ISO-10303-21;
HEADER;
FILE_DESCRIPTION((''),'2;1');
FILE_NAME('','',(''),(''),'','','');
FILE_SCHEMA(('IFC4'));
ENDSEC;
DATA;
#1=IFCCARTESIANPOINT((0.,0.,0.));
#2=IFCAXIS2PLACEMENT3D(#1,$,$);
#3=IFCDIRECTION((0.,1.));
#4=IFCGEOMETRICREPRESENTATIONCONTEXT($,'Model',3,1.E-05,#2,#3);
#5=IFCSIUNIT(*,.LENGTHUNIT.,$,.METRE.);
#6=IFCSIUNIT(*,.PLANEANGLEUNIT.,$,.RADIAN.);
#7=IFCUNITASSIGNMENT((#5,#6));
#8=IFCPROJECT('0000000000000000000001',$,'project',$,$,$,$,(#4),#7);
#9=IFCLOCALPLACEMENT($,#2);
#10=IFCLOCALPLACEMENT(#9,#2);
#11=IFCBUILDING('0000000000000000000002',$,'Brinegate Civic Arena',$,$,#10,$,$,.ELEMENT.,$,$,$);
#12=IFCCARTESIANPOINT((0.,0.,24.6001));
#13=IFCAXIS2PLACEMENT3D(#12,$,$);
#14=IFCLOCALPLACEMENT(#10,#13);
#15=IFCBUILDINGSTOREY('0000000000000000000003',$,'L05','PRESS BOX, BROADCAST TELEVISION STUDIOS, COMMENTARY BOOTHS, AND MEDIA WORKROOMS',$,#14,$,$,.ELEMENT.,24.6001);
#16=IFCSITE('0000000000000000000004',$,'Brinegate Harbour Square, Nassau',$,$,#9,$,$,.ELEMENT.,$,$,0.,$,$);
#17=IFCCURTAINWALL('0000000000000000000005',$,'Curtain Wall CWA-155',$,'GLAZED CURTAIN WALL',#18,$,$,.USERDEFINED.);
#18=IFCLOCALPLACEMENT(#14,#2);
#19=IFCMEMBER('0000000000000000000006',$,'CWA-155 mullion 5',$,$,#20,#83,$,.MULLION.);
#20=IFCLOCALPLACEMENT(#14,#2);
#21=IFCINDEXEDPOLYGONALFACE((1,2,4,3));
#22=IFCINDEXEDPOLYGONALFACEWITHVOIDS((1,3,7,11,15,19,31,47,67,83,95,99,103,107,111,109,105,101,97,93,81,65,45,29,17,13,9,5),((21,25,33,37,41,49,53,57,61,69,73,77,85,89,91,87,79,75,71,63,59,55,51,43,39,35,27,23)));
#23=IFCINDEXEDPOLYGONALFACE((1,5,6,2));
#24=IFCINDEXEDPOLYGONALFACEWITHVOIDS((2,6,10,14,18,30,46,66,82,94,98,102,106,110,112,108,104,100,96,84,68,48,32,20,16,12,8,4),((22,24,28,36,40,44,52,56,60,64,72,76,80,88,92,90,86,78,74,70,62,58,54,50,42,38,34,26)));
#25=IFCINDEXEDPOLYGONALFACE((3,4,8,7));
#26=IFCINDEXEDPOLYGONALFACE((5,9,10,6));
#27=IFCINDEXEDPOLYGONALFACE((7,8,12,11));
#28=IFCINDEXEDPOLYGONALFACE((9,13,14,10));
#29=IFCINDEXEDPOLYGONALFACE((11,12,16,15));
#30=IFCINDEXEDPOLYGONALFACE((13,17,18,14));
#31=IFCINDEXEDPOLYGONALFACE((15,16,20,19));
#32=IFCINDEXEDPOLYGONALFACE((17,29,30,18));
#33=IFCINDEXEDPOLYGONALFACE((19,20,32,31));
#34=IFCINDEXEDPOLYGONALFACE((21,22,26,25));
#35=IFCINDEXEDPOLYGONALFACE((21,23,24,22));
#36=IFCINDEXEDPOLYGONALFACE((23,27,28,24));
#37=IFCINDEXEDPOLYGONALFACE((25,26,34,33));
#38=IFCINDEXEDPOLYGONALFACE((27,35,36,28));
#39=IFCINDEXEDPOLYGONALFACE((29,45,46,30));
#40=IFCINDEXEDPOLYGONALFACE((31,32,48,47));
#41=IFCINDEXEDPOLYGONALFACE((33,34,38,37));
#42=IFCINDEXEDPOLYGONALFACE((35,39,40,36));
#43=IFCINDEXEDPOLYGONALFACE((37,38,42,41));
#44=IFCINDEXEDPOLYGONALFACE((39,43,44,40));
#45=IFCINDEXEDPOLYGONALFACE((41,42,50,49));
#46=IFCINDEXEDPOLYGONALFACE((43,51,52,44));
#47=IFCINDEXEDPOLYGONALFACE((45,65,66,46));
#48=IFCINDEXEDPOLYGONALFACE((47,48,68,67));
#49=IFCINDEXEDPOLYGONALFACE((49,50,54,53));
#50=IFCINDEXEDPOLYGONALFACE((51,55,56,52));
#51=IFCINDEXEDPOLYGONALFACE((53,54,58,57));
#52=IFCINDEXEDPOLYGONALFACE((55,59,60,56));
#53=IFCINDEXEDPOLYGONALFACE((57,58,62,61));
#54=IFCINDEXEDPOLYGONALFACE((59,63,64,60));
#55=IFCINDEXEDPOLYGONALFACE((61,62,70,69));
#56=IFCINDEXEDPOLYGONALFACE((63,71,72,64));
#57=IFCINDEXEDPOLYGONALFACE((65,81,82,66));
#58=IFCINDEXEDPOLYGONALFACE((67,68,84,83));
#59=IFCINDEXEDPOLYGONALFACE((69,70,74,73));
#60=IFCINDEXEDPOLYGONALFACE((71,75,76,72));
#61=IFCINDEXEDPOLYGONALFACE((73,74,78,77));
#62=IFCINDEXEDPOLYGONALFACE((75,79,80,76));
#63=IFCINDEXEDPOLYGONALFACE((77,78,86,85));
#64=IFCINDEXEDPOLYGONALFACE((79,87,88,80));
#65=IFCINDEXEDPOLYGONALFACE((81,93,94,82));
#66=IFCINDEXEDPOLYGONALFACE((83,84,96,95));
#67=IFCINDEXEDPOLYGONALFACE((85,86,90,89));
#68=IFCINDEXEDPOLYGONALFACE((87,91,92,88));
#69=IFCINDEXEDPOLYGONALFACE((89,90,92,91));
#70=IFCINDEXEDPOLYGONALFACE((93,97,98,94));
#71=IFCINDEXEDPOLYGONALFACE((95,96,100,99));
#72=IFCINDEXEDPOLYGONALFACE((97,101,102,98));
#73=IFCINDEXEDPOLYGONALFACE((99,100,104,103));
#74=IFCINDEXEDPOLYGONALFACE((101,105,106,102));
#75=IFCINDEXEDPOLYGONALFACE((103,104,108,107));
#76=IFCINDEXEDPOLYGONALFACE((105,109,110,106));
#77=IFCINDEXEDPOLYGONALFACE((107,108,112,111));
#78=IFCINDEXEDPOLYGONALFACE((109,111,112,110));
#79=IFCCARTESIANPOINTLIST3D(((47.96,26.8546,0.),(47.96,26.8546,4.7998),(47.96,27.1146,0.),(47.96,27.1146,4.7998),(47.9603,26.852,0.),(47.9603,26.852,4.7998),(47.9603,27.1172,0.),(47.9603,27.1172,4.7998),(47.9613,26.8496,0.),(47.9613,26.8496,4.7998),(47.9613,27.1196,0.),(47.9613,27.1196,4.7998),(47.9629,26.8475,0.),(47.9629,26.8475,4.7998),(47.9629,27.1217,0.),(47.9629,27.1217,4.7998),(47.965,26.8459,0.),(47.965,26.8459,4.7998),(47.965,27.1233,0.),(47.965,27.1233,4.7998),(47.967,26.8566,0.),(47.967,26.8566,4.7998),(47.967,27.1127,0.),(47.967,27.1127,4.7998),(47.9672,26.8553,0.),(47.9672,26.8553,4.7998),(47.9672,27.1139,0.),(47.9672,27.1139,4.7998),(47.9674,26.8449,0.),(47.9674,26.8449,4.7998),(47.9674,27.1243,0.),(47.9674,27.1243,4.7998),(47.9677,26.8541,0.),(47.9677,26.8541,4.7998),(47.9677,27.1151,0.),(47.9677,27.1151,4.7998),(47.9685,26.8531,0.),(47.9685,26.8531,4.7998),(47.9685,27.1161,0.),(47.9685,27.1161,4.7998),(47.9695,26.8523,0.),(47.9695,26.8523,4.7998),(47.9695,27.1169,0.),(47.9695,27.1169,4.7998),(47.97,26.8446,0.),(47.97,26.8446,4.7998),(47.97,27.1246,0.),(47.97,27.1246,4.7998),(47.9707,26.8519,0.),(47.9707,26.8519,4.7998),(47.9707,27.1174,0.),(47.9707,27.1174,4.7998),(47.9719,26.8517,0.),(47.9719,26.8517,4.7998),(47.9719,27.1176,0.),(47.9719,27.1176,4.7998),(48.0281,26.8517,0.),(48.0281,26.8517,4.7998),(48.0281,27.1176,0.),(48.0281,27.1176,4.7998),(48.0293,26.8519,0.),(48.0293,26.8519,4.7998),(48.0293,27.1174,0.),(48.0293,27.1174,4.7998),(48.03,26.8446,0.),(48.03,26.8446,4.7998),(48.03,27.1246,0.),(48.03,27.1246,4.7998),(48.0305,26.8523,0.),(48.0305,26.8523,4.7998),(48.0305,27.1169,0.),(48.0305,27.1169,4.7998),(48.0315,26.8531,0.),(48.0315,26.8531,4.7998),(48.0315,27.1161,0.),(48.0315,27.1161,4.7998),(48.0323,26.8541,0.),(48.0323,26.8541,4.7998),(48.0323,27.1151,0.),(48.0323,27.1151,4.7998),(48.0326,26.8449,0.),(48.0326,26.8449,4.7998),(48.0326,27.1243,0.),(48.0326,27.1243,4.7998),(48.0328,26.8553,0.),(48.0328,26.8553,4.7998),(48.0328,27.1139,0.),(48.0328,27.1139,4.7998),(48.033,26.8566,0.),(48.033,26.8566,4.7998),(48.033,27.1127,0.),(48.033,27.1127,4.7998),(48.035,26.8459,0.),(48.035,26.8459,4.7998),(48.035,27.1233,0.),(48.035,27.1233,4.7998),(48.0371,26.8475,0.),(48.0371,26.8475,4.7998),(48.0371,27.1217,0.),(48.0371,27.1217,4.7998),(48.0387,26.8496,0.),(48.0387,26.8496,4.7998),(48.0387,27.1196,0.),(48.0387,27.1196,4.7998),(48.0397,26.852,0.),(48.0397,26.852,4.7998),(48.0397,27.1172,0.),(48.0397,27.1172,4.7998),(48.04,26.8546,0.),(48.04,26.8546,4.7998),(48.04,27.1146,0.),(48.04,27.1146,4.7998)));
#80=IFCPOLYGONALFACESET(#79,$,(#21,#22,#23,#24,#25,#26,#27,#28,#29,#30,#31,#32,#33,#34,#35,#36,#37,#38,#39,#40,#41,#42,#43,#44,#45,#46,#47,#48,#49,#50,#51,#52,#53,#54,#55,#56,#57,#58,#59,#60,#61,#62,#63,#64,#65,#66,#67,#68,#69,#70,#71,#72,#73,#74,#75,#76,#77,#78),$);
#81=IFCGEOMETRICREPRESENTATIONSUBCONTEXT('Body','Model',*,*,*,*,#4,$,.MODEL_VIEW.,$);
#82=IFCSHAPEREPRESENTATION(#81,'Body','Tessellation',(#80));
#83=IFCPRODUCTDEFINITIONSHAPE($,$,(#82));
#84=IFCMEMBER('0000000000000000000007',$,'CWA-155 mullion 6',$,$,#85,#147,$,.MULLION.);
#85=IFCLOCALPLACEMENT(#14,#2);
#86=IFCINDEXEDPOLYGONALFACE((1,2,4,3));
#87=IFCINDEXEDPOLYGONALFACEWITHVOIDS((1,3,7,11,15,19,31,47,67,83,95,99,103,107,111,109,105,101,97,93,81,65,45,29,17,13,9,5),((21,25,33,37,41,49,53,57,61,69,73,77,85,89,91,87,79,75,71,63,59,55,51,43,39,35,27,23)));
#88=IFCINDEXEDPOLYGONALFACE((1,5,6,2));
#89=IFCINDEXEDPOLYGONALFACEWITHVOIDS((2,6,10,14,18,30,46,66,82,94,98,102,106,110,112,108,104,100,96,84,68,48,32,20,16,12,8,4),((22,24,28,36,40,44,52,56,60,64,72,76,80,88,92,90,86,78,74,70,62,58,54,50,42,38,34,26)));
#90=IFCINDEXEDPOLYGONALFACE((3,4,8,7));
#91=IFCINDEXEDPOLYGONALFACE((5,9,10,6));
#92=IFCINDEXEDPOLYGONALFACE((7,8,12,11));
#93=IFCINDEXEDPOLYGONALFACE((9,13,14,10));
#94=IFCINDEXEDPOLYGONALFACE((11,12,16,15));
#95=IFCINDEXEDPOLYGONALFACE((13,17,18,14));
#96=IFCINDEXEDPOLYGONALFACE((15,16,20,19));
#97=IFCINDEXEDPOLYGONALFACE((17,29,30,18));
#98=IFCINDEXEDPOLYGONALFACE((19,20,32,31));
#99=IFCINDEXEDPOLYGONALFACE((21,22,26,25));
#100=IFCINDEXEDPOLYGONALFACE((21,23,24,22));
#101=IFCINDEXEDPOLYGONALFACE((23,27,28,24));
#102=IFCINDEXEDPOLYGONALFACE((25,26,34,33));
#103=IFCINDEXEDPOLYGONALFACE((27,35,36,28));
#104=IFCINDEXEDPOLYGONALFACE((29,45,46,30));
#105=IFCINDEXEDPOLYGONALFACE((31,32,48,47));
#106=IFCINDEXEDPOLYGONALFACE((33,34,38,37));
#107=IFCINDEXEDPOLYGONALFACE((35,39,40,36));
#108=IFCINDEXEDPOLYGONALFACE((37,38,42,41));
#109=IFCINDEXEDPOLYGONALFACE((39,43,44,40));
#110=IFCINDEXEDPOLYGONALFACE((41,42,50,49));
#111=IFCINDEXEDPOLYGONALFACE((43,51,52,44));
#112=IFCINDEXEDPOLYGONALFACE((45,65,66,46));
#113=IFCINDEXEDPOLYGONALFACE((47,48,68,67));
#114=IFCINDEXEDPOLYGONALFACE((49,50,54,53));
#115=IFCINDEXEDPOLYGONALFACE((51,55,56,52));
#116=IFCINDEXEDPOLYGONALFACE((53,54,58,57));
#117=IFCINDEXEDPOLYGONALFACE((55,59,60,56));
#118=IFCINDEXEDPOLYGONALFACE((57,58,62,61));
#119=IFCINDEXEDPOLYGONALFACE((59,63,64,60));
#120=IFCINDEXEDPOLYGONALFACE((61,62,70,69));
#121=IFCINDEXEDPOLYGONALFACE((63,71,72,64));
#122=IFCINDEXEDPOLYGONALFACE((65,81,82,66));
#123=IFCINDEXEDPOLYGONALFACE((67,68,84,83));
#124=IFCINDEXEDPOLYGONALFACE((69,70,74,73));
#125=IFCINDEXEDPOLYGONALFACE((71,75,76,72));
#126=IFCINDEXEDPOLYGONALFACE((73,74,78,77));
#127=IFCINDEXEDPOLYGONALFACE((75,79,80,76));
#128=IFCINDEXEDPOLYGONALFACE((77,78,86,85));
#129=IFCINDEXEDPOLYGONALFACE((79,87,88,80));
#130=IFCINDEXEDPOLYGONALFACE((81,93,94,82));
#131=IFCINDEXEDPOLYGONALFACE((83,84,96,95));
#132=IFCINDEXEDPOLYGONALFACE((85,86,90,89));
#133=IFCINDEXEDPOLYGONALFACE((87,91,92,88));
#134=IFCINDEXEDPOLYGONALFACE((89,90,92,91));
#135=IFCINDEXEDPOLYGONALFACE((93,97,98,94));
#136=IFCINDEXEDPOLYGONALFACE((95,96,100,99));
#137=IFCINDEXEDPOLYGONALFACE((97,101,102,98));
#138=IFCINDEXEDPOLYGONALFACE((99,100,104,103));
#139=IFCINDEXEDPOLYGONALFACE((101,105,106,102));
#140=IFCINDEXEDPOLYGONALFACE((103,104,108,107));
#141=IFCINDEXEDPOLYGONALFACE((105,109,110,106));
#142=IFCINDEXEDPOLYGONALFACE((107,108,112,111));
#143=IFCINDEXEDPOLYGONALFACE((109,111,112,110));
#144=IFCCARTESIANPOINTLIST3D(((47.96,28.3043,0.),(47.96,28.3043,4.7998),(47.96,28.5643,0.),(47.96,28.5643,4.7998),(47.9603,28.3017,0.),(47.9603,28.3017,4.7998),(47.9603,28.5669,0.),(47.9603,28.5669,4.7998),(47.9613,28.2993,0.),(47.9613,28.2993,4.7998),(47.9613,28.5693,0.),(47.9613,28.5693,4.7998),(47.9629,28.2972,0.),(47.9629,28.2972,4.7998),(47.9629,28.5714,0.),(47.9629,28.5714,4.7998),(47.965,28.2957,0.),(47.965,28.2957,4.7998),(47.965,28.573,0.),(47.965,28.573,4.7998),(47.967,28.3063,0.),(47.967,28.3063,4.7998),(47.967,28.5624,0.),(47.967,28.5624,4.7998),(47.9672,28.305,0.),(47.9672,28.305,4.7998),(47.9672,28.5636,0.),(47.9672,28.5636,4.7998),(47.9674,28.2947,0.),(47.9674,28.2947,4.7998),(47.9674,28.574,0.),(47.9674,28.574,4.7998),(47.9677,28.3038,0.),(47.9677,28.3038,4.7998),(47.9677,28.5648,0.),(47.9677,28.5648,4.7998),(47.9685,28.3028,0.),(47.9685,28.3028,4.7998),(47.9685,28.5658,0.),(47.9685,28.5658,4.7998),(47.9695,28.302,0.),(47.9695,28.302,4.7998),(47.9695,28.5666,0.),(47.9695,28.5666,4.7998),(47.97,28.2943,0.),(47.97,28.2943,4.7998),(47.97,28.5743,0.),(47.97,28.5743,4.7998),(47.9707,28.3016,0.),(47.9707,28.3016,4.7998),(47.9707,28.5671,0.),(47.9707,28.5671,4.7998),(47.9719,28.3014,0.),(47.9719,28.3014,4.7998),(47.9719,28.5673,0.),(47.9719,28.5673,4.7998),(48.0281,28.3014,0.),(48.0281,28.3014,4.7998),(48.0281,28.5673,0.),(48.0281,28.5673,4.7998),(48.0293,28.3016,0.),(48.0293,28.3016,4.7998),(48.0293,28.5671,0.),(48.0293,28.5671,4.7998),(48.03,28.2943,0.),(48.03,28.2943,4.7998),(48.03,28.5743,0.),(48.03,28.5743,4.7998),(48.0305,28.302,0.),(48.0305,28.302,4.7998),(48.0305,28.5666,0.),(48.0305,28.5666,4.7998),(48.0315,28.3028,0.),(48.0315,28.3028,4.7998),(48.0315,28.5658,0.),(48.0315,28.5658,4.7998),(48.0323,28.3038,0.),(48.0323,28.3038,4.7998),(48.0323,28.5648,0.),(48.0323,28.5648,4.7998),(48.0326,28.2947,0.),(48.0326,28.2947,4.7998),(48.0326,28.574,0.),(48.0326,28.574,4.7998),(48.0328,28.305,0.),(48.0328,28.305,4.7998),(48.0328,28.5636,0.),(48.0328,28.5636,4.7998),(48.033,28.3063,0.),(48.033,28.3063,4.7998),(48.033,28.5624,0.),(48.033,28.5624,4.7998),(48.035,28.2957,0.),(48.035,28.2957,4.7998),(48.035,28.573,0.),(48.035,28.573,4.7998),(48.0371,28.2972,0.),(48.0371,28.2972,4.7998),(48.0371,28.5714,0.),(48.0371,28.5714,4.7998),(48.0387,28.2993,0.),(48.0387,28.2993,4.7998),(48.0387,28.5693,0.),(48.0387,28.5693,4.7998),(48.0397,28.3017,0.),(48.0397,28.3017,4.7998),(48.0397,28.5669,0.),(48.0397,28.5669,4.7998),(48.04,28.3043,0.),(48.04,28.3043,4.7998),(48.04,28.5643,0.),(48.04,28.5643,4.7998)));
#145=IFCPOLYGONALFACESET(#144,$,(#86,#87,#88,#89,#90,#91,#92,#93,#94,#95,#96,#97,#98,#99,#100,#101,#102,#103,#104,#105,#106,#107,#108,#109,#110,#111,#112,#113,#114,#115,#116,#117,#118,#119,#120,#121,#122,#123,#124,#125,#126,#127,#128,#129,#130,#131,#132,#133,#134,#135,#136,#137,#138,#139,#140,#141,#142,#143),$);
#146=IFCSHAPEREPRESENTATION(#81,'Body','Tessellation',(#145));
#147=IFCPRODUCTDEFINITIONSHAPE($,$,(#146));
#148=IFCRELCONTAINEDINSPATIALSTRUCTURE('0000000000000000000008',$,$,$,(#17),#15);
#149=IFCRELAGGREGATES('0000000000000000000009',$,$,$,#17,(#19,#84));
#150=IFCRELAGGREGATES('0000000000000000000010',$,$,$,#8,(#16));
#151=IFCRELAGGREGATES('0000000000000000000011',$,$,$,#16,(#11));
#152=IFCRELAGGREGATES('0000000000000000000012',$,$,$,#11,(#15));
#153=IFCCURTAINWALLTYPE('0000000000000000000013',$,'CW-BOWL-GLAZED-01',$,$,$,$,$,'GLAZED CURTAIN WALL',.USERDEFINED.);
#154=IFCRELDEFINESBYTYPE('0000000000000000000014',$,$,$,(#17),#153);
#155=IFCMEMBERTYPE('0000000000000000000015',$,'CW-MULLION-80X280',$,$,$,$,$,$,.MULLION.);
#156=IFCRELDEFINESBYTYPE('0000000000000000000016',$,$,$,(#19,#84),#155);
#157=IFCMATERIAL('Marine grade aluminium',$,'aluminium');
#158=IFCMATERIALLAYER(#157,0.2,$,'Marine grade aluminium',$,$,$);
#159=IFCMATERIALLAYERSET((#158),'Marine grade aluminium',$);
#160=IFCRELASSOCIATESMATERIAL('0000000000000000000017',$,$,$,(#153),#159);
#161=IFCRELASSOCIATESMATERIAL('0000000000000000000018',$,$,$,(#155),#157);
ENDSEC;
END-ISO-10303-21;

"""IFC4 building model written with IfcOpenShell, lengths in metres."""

from ifc_helpers import new_model, si_unit, direction, frame, origin, origin_2d, place, context, subcontext, project, spatial, hollow_rectangle, extrude, material, layer, layer_set, material_profile, profile_set, type_object, element, aggregate, save


model = new_model("IFC4")

# Units and contexts
model_context = context("Model", 3, precision=1e-05, world=origin(), true_north=direction((0.0, 1.0)))
body_context = subcontext(model_context, "Body", "Model", "MODEL_VIEW")
ifc_project = project(units=[si_unit("LENGTHUNIT", "METRE"), si_unit("PLANEANGLEUNIT", "RADIAN")], contexts=[model_context])

# Site, building, storey
site_placement = place(None, origin())
site = spatial("IfcSite", under=ifc_project, at=site_placement, Name="Brinegate Harbour Square, Nassau", CompositionType="ELEMENT", RefElevation=0.0)
building_placement = place(site_placement, origin())
building = spatial("IfcBuilding", under=site, at=building_placement, Name="Brinegate Civic Arena", CompositionType="ELEMENT")
storey_placement = place(building_placement, frame((0.0, 0.0, 24.6001)))
storey = spatial("IfcBuildingStorey", under=building, at=storey_placement, Name="L05", Description="PRESS BOX, BROADCAST TELEVISION STUDIOS, COMMENTARY BOOTHS, AND MEDIA WORKROOMS", CompositionType="ELEMENT", Elevation=24.6001)

# Curtain wall, members
ifc_material_1 = material(Name="Marine grade aluminium", Category="aluminium")
ifc_layer_1 = layer(ifc_material_1, 0.2, Name="Marine grade aluminium")
ifc_layer_set_1 = layer_set([ifc_layer_1], Name="Marine grade aluminium")
curtain_wall_type = type_object("IfcCurtainWallType", Name="CW-BOWL-GLAZED-01", ElementType="GLAZED CURTAIN WALL", PredefinedType="USERDEFINED", material=ifc_layer_set_1)
curtain_wall_placement = place(storey_placement, origin())
curtain_wall = element("IfcCurtainWall", 1, at=curtain_wall_placement, inside=storey, type_object=curtain_wall_type, Name="Curtain Wall CWA-155", ObjectType="GLAZED CURTAIN WALL", PredefinedType="USERDEFINED")
ifc_material_profile_1 = material_profile(ifc_material_1, hollow_rectangle(XDim=0.0801, YDim=0.28, WallThickness=0.0071, InnerFilletRadius=0.0049, OuterFilletRadius=0.01, at=origin_2d()), Name="MUL80X280")
ifc_profile_set_1 = profile_set([ifc_material_profile_1], Name="Marine grade aluminium")
member_type_1 = type_object("IfcMemberType", Name="CW-MULLION-80X280", PredefinedType="MULLION", material=ifc_profile_set_1)
member_1_placement = place(storey_placement, frame((48.0, 26.9846, 0.0), z_axis=(0.0, 0.0, 1.0), x_axis=(-1.0, 0.0, 0.0)))
member_1 = element("IfcMember", 2, at=member_1_placement, type_object=member_type_1, Name="CWA-155 mullion 5", PredefinedType="MULLION", context=body_context, shape_type="SweptSolid", body=[
    extrude(hollow_rectangle(XDim=0.0801, YDim=0.28, WallThickness=0.0071, InnerFilletRadius=0.0049, OuterFilletRadius=0.01, at=origin_2d()), origin(), (0.0, 0.0, 1.0), 4.7998),
])
member_2_placement = place(storey_placement, frame((48.0, 28.4343, 0.0), z_axis=(0.0, 0.0, 1.0), x_axis=(-1.0, 0.0, 0.0)))
member_2 = element("IfcMember", 3, at=member_2_placement, type_object=member_type_1, Name="CWA-155 mullion 6", PredefinedType="MULLION", context=body_context, shape_type="SweptSolid", body=[
    extrude(hollow_rectangle(XDim=0.0801, YDim=0.28, WallThickness=0.0071, InnerFilletRadius=0.0049, OuterFilletRadius=0.01, at=origin_2d()), origin(), (0.0, 0.0, 1.0), 4.7998),
])

aggregate(curtain_wall, [member_1, member_2])

save(model, "model.ifc")
